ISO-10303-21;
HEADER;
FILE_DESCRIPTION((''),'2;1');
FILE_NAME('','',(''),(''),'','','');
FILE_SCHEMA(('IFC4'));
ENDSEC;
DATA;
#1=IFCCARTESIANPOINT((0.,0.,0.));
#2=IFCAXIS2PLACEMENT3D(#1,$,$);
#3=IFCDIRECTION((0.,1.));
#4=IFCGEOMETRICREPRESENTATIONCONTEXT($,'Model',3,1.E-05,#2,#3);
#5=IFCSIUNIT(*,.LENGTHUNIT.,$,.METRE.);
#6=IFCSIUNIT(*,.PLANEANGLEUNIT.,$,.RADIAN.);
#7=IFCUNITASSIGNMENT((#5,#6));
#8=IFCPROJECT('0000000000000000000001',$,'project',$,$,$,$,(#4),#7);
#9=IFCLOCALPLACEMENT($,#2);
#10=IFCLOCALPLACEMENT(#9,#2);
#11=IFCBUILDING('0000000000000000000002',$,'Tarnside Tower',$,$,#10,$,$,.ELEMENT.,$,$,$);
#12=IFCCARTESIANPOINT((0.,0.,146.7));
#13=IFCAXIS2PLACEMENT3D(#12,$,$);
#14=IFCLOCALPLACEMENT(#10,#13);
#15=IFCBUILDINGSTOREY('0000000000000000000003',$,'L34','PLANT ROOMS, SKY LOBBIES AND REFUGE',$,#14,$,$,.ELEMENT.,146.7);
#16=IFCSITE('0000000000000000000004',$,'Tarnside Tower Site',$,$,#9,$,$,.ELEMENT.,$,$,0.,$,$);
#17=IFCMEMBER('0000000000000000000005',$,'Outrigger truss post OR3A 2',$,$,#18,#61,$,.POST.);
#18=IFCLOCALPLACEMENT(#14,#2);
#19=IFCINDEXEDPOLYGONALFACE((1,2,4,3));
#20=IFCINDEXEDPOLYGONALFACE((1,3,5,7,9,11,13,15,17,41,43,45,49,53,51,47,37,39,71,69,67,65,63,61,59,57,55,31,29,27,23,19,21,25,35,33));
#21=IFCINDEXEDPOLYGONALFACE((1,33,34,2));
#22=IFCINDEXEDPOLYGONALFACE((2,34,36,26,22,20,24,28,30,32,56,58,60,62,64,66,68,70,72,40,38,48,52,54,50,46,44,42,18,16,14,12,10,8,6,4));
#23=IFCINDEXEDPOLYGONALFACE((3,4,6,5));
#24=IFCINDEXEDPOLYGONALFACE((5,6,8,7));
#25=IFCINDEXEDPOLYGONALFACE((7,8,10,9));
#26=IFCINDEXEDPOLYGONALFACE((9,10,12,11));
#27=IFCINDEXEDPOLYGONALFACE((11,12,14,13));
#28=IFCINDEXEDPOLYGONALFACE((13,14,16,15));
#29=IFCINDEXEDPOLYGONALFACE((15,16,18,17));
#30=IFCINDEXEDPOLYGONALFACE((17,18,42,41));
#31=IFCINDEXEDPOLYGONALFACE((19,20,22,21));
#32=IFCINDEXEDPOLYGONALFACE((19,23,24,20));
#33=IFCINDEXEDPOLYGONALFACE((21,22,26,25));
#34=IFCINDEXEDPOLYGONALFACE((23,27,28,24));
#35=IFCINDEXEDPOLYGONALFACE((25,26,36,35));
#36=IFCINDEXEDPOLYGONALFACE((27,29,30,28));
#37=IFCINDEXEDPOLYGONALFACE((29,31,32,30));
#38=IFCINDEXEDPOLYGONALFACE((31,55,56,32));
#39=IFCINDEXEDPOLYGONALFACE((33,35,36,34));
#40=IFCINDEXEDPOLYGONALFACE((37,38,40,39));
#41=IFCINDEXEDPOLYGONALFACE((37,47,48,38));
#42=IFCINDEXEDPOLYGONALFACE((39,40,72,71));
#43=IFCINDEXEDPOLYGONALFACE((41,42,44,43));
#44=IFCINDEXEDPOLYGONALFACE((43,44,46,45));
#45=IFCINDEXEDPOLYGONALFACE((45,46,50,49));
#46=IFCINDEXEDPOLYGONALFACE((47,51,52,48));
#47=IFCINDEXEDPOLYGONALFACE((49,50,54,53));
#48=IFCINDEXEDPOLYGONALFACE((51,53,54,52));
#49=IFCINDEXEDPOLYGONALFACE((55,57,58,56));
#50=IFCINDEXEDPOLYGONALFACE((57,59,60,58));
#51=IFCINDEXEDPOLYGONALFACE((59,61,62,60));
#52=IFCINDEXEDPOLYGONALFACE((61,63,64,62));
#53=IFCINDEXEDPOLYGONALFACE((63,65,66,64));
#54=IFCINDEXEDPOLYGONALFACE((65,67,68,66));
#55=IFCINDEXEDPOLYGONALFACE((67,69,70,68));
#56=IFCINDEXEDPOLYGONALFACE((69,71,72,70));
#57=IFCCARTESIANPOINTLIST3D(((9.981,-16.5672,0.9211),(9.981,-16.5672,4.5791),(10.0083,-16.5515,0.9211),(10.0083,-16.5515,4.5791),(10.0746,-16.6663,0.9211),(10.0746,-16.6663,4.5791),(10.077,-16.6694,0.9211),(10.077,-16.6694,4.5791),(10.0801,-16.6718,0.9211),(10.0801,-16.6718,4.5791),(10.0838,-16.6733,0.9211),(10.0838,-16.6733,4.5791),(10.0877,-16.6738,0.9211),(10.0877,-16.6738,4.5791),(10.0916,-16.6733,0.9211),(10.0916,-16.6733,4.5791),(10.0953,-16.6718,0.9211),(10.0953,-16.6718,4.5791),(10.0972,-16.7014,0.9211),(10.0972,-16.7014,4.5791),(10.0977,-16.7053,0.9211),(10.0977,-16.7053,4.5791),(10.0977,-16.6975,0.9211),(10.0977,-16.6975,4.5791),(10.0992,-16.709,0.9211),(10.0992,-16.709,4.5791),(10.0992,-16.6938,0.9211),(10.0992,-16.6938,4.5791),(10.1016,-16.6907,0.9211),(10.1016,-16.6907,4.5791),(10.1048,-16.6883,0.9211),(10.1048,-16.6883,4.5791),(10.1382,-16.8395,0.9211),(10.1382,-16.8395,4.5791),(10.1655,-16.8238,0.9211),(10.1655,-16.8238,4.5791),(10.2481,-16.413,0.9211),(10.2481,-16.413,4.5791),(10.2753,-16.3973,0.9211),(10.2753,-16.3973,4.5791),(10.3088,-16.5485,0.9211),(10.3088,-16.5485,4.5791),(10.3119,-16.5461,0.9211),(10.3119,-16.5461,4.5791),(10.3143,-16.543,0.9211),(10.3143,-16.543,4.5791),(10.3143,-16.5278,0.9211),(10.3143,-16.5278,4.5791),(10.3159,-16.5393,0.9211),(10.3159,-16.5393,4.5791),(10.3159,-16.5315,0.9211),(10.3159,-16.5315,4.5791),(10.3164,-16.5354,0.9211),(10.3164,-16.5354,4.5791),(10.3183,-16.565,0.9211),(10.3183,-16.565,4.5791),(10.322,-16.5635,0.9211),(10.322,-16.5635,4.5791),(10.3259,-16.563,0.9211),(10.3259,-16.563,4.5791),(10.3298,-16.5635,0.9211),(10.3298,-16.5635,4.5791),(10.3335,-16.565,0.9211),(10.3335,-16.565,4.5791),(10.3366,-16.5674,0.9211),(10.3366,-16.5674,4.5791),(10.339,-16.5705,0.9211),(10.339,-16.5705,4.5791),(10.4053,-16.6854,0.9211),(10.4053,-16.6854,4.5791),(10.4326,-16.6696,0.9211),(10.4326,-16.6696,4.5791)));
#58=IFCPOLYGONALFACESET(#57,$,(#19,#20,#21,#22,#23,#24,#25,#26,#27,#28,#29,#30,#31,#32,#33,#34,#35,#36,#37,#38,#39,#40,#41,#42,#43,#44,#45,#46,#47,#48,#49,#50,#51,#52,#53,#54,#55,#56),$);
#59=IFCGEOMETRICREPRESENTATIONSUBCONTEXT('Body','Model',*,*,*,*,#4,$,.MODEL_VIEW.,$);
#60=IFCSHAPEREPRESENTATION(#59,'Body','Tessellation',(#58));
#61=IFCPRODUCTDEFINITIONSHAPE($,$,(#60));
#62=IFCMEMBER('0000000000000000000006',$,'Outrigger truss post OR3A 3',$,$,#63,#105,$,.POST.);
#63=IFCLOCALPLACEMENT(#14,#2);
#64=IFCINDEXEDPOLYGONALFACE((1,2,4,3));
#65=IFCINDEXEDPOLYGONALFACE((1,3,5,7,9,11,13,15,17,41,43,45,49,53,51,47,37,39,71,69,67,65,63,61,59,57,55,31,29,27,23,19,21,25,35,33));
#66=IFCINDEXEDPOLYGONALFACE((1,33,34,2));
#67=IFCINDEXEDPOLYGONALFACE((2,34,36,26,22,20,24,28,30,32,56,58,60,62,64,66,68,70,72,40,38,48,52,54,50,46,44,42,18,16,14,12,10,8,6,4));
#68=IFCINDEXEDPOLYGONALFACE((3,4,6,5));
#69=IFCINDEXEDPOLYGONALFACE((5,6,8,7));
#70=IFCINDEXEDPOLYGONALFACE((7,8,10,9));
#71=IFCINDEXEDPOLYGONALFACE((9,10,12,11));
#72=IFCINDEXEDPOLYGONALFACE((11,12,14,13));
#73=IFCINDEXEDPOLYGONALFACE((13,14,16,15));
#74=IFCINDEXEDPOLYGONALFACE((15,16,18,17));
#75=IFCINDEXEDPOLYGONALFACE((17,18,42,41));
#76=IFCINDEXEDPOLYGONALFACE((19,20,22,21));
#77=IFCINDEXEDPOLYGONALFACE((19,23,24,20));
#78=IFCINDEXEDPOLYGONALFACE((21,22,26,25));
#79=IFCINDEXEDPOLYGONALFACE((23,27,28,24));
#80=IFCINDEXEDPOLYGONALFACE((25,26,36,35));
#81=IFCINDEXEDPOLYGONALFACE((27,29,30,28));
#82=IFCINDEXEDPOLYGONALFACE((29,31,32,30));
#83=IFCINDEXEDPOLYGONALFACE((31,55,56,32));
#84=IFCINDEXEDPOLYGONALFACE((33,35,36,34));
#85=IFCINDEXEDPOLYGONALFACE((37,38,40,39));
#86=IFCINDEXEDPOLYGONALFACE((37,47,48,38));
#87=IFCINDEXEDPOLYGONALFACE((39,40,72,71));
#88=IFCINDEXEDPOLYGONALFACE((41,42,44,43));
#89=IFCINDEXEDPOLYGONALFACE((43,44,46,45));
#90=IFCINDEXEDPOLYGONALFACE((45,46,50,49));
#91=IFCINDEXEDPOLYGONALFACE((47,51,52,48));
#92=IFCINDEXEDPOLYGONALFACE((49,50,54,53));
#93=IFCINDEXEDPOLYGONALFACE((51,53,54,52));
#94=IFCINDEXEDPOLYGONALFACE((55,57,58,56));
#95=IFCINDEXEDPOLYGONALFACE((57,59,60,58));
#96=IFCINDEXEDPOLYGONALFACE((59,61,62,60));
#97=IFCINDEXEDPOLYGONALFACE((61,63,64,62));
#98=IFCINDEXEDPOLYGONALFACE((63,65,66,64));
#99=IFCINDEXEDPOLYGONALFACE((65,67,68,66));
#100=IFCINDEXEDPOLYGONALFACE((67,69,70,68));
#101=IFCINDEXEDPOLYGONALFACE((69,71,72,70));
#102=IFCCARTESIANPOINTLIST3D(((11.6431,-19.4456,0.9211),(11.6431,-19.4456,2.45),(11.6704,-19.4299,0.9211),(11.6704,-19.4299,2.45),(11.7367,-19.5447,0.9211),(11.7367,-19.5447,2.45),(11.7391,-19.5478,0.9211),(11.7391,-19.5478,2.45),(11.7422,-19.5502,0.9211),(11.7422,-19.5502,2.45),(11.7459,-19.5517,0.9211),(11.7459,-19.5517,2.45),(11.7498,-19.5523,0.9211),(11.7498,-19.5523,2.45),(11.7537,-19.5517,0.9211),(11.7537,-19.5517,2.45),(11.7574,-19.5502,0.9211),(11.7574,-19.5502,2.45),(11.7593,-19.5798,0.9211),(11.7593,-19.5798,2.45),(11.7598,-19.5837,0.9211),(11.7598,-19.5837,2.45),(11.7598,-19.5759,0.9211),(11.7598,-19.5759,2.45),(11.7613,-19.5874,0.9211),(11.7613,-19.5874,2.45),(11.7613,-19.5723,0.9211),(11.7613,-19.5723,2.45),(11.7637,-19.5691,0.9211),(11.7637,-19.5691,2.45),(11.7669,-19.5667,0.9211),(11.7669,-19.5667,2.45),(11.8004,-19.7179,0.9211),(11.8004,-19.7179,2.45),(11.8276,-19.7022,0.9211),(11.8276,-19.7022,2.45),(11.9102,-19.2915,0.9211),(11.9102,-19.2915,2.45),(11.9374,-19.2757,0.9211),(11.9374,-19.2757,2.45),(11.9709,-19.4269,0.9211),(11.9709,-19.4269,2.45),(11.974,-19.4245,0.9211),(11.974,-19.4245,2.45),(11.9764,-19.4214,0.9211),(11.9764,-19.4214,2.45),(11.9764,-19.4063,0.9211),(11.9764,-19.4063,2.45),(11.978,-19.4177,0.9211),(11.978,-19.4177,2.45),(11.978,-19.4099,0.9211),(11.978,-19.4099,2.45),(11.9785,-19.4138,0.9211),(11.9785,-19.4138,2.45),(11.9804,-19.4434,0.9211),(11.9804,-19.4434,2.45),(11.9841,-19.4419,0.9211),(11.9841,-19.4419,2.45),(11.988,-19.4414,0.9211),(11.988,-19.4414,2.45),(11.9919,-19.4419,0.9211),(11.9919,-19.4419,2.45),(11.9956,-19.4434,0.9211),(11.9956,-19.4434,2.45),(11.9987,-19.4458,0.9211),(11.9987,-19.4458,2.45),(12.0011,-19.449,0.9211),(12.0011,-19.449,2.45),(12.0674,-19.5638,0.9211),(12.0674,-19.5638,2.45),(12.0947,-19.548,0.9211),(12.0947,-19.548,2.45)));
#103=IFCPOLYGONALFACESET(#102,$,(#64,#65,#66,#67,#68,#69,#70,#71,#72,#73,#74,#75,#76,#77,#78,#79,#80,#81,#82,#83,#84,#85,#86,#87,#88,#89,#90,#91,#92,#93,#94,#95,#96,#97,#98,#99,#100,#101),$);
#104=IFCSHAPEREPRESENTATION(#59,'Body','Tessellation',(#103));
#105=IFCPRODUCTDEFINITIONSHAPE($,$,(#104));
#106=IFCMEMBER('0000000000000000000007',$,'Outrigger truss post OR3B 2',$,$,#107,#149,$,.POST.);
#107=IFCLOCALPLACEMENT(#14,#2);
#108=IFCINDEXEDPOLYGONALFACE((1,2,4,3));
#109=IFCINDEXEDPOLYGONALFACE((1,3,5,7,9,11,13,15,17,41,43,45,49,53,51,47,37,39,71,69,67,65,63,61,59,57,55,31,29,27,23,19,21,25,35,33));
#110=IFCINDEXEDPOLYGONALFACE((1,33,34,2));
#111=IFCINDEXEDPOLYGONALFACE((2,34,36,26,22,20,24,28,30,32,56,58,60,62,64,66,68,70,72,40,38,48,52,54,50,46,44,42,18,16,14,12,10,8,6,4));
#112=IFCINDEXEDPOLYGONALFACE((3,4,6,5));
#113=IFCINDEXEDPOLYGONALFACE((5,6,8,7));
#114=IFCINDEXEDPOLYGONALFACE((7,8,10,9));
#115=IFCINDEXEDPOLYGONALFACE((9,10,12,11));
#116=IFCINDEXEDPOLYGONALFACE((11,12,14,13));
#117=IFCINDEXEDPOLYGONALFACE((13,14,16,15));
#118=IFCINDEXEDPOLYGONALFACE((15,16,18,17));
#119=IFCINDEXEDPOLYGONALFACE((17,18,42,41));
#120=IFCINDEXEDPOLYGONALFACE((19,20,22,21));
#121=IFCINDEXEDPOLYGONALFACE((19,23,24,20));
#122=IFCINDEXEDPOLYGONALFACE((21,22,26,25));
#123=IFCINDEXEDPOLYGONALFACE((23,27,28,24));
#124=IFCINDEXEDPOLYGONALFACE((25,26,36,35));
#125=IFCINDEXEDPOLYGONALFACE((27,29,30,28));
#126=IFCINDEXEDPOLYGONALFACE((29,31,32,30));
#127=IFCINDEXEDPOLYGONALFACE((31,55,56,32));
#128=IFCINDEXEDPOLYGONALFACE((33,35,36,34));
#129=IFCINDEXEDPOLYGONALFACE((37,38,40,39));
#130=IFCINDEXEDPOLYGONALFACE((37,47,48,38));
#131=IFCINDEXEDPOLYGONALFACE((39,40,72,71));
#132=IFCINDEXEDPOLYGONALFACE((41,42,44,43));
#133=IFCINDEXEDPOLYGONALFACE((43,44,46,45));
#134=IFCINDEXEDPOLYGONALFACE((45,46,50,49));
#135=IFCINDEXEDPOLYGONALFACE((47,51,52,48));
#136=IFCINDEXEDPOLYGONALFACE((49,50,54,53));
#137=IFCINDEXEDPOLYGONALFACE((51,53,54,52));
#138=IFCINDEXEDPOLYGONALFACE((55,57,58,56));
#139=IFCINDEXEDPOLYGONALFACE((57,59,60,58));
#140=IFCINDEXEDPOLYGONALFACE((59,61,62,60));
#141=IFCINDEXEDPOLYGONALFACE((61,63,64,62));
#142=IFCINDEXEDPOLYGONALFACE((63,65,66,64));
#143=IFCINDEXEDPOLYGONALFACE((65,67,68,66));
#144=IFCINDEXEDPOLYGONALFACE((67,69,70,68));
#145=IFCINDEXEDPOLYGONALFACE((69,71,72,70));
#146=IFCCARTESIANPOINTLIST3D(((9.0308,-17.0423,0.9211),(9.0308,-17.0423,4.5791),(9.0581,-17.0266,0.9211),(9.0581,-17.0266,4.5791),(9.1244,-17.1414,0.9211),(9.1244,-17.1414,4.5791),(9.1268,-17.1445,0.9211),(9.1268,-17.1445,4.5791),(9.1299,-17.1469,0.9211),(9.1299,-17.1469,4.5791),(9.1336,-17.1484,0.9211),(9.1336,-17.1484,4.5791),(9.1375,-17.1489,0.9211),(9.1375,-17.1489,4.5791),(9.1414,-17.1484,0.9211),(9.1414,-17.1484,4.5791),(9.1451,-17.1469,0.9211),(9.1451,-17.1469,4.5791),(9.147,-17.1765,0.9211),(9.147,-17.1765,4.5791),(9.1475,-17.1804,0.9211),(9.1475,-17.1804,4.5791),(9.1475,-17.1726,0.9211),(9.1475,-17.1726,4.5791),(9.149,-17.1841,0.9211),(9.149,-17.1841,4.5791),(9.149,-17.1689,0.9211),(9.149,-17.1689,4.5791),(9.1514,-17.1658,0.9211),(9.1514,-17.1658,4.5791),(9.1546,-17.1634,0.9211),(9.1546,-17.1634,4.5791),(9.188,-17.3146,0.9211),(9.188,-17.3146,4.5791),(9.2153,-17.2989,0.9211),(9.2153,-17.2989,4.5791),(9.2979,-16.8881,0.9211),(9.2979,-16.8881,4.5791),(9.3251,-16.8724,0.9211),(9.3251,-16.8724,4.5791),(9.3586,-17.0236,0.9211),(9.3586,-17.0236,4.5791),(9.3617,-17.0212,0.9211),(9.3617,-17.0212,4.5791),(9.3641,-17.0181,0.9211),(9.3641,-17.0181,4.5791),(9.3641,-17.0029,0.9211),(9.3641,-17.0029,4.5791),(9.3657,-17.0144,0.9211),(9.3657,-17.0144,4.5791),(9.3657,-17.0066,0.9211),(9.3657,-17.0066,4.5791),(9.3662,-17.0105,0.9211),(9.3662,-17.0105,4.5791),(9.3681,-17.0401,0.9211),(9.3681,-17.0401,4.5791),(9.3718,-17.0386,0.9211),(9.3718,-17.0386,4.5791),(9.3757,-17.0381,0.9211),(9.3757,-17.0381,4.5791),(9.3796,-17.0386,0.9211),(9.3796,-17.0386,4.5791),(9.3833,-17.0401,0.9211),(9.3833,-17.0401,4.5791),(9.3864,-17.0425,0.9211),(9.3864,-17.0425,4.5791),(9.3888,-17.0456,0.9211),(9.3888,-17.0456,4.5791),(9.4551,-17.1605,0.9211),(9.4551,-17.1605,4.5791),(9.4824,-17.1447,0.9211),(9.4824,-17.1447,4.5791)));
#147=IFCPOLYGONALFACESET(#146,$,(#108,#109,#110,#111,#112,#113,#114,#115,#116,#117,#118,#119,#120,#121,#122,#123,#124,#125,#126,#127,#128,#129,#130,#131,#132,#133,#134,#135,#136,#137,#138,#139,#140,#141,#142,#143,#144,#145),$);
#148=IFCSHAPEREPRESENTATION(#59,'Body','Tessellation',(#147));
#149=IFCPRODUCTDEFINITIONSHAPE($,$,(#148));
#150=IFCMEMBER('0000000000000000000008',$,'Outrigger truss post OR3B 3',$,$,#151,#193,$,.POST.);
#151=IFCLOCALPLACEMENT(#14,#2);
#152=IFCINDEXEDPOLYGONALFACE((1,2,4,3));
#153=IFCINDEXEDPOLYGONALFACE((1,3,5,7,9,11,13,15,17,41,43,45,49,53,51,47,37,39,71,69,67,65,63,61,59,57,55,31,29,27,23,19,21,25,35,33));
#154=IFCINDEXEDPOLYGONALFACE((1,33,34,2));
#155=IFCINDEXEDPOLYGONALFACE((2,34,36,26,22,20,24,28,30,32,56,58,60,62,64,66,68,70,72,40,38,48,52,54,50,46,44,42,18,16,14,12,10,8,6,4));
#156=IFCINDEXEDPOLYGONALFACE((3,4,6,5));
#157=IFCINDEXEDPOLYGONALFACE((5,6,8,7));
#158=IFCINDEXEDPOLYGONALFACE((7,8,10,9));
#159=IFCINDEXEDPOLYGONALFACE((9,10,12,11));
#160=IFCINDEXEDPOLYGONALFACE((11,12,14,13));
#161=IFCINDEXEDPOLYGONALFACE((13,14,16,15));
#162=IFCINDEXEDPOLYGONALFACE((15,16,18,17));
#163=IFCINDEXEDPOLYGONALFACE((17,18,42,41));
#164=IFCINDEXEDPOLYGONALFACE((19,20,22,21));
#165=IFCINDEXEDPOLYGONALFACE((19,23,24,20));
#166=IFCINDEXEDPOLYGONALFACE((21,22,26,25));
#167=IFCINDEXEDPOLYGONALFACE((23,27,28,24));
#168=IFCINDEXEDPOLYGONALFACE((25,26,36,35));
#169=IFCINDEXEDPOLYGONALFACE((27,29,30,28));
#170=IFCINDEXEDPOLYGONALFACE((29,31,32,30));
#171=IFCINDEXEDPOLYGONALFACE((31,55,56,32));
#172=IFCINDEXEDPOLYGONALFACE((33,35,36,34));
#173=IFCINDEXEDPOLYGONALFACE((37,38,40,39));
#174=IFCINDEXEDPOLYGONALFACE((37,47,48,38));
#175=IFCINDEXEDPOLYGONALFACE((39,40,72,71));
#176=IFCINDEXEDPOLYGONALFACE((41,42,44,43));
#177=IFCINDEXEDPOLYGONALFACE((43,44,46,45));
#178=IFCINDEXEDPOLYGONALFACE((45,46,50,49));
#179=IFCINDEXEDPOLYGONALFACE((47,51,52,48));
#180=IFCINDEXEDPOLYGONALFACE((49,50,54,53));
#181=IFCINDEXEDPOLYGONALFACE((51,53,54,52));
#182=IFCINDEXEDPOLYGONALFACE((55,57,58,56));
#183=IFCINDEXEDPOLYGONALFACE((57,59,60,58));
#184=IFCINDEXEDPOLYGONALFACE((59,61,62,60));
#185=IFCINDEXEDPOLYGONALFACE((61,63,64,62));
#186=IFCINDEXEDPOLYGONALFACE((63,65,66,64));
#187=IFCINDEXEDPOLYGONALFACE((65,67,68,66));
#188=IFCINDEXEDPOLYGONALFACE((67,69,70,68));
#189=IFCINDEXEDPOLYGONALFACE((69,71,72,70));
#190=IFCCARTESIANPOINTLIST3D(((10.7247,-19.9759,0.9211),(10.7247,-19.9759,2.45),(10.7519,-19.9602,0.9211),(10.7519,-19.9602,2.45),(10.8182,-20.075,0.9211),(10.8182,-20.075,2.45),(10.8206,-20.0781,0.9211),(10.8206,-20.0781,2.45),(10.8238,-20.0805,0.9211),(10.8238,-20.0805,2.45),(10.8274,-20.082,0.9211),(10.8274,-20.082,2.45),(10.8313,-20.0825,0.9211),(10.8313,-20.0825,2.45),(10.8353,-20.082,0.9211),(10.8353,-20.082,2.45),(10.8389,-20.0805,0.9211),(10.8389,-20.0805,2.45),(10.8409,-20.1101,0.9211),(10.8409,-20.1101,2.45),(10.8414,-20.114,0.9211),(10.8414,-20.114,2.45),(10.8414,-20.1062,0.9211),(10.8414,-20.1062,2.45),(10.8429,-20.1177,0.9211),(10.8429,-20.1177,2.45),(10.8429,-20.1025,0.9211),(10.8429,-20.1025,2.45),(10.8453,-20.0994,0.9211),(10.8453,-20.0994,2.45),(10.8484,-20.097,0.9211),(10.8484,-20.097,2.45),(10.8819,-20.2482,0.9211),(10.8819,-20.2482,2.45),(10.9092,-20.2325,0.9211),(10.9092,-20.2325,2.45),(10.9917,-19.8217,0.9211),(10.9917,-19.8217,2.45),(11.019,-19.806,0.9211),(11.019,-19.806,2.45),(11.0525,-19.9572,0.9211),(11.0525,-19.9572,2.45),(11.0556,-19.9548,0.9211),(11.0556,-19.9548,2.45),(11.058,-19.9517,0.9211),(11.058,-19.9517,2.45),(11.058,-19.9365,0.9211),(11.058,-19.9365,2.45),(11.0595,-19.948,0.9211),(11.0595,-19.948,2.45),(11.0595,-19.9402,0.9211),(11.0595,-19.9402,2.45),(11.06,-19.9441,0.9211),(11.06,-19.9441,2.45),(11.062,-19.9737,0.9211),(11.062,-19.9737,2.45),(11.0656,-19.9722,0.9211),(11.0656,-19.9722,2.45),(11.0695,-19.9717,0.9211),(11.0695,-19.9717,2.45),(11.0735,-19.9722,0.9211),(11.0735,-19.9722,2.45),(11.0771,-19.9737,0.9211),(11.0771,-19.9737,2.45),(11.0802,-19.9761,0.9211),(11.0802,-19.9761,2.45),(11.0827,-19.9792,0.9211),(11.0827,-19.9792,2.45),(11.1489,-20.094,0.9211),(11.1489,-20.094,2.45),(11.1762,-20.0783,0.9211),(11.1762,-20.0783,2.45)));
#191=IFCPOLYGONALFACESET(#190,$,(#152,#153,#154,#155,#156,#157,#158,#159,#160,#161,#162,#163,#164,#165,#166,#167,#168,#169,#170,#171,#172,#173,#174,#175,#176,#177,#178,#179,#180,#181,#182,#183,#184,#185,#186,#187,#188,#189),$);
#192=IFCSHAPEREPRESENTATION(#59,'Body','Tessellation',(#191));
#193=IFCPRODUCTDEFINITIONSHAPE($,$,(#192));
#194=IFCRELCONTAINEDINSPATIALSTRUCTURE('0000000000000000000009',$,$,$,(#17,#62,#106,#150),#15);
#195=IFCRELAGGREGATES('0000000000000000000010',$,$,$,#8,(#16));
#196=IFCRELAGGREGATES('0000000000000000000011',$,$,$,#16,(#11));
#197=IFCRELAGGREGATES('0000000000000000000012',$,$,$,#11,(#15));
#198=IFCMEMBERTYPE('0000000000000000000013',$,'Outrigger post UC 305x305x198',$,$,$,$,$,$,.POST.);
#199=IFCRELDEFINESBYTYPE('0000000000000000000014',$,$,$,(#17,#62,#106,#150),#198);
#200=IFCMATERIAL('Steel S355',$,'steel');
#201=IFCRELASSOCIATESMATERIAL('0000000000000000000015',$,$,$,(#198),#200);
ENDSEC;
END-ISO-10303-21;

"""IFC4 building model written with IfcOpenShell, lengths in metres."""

from ifc_helpers import new_model, si_unit, direction, frame, origin, origin_2d, place, context, subcontext, project, spatial, i_section, extrude, material, material_profile, profile_set, type_object, element, save


model = new_model("IFC4")

# Units and contexts
model_context = context("Model", 3, precision=1e-05, world=origin(), true_north=direction((0.0, 1.0)))
body_context = subcontext(model_context, "Body", "Model", "MODEL_VIEW")
ifc_project = project(units=[si_unit("LENGTHUNIT", "METRE"), si_unit("PLANEANGLEUNIT", "RADIAN")], contexts=[model_context])

# Site, building, storey
site_placement = place(None, origin())
site = spatial("IfcSite", under=ifc_project, at=site_placement, Name="Tarnside Tower Site", CompositionType="ELEMENT", RefElevation=0.0)
building_placement = place(site_placement, origin())
building = spatial("IfcBuilding", under=site, at=building_placement, Name="Tarnside Tower", CompositionType="ELEMENT")
storey_placement = place(building_placement, frame((0.0, 0.0, 146.7)))
storey = spatial("IfcBuildingStorey", under=building, at=storey_placement, Name="L34", Description="PLANT ROOMS, SKY LOBBIES AND REFUGE", CompositionType="ELEMENT", Elevation=146.7)

# Members
ifc_material_1 = material(Name="Steel S355", Category="steel")
ifc_material_profile_1 = material_profile(ifc_material_1, i_section(OverallWidth=0.3145, OverallDepth=0.3398, WebThickness=0.019, FlangeThickness=0.0315, FilletRadius=0.0151, at=origin_2d()), Name="UC 305x305x198")
ifc_profile_set_1 = profile_set([ifc_material_profile_1], Name="Steel S355")
member_type_1 = type_object("IfcMemberType", Name="Outrigger post UC 305x305x198", PredefinedType="POST", material=ifc_profile_set_1)
member_1_placement = place(storey_placement, frame((10.2068, -16.6184, 0.9211), z_axis=(0.0, 0.0, 1.0), x_axis=(0.5, -0.866025, 0.0)))
element("IfcMember", 1, at=member_1_placement, inside=storey, type_object=member_type_1, Name="Outrigger truss post OR3A 2", PredefinedType="POST", context=body_context, shape_type="SweptSolid", body=[
    extrude(i_section(OverallWidth=0.3145, OverallDepth=0.3398, WebThickness=0.019, FlangeThickness=0.0315, FilletRadius=0.0151, at=origin_2d()), origin(), (0.0, 0.0, 1.0), 3.658),
])
member_2_placement = place(storey_placement, frame((11.8689, -19.4968, 0.9211), z_axis=(0.0, 0.0, 1.0), x_axis=(0.5, -0.866025, 0.0)))
element("IfcMember", 2, at=member_2_placement, inside=storey, type_object=member_type_1, Name="Outrigger truss post OR3A 3", PredefinedType="POST", context=body_context, shape_type="SweptSolid", body=[
    extrude(i_section(OverallWidth=0.3145, OverallDepth=0.3398, WebThickness=0.019, FlangeThickness=0.0315, FilletRadius=0.0151, at=origin_2d()), origin(), (0.0, 0.0, 1.0), 1.5288),
])
member_3_placement = place(storey_placement, frame((9.2566, -17.0935, 0.9211), z_axis=(0.0, 0.0, 1.0), x_axis=(0.5, -0.866025, 0.0)))
element("IfcMember", 3, at=member_3_placement, inside=storey, type_object=member_type_1, Name="Outrigger truss post OR3B 2", PredefinedType="POST", context=body_context, shape_type="SweptSolid", body=[
    extrude(i_section(OverallWidth=0.3145, OverallDepth=0.3398, WebThickness=0.019, FlangeThickness=0.0315, FilletRadius=0.0151, at=origin_2d()), origin(), (0.0, 0.0, 1.0), 3.658),
])
member_4_placement = place(storey_placement, frame((10.9504, -20.0271, 0.9211), z_axis=(0.0, 0.0, 1.0), x_axis=(0.5, -0.866025, 0.0)))
element("IfcMember", 4, at=member_4_placement, inside=storey, type_object=member_type_1, Name="Outrigger truss post OR3B 3", PredefinedType="POST", context=body_context, shape_type="SweptSolid", body=[
    extrude(i_section(OverallWidth=0.3145, OverallDepth=0.3398, WebThickness=0.019, FlangeThickness=0.0315, FilletRadius=0.0151, at=origin_2d()), origin(), (0.0, 0.0, 1.0), 1.5288),
])

save(model, "model.ifc")
